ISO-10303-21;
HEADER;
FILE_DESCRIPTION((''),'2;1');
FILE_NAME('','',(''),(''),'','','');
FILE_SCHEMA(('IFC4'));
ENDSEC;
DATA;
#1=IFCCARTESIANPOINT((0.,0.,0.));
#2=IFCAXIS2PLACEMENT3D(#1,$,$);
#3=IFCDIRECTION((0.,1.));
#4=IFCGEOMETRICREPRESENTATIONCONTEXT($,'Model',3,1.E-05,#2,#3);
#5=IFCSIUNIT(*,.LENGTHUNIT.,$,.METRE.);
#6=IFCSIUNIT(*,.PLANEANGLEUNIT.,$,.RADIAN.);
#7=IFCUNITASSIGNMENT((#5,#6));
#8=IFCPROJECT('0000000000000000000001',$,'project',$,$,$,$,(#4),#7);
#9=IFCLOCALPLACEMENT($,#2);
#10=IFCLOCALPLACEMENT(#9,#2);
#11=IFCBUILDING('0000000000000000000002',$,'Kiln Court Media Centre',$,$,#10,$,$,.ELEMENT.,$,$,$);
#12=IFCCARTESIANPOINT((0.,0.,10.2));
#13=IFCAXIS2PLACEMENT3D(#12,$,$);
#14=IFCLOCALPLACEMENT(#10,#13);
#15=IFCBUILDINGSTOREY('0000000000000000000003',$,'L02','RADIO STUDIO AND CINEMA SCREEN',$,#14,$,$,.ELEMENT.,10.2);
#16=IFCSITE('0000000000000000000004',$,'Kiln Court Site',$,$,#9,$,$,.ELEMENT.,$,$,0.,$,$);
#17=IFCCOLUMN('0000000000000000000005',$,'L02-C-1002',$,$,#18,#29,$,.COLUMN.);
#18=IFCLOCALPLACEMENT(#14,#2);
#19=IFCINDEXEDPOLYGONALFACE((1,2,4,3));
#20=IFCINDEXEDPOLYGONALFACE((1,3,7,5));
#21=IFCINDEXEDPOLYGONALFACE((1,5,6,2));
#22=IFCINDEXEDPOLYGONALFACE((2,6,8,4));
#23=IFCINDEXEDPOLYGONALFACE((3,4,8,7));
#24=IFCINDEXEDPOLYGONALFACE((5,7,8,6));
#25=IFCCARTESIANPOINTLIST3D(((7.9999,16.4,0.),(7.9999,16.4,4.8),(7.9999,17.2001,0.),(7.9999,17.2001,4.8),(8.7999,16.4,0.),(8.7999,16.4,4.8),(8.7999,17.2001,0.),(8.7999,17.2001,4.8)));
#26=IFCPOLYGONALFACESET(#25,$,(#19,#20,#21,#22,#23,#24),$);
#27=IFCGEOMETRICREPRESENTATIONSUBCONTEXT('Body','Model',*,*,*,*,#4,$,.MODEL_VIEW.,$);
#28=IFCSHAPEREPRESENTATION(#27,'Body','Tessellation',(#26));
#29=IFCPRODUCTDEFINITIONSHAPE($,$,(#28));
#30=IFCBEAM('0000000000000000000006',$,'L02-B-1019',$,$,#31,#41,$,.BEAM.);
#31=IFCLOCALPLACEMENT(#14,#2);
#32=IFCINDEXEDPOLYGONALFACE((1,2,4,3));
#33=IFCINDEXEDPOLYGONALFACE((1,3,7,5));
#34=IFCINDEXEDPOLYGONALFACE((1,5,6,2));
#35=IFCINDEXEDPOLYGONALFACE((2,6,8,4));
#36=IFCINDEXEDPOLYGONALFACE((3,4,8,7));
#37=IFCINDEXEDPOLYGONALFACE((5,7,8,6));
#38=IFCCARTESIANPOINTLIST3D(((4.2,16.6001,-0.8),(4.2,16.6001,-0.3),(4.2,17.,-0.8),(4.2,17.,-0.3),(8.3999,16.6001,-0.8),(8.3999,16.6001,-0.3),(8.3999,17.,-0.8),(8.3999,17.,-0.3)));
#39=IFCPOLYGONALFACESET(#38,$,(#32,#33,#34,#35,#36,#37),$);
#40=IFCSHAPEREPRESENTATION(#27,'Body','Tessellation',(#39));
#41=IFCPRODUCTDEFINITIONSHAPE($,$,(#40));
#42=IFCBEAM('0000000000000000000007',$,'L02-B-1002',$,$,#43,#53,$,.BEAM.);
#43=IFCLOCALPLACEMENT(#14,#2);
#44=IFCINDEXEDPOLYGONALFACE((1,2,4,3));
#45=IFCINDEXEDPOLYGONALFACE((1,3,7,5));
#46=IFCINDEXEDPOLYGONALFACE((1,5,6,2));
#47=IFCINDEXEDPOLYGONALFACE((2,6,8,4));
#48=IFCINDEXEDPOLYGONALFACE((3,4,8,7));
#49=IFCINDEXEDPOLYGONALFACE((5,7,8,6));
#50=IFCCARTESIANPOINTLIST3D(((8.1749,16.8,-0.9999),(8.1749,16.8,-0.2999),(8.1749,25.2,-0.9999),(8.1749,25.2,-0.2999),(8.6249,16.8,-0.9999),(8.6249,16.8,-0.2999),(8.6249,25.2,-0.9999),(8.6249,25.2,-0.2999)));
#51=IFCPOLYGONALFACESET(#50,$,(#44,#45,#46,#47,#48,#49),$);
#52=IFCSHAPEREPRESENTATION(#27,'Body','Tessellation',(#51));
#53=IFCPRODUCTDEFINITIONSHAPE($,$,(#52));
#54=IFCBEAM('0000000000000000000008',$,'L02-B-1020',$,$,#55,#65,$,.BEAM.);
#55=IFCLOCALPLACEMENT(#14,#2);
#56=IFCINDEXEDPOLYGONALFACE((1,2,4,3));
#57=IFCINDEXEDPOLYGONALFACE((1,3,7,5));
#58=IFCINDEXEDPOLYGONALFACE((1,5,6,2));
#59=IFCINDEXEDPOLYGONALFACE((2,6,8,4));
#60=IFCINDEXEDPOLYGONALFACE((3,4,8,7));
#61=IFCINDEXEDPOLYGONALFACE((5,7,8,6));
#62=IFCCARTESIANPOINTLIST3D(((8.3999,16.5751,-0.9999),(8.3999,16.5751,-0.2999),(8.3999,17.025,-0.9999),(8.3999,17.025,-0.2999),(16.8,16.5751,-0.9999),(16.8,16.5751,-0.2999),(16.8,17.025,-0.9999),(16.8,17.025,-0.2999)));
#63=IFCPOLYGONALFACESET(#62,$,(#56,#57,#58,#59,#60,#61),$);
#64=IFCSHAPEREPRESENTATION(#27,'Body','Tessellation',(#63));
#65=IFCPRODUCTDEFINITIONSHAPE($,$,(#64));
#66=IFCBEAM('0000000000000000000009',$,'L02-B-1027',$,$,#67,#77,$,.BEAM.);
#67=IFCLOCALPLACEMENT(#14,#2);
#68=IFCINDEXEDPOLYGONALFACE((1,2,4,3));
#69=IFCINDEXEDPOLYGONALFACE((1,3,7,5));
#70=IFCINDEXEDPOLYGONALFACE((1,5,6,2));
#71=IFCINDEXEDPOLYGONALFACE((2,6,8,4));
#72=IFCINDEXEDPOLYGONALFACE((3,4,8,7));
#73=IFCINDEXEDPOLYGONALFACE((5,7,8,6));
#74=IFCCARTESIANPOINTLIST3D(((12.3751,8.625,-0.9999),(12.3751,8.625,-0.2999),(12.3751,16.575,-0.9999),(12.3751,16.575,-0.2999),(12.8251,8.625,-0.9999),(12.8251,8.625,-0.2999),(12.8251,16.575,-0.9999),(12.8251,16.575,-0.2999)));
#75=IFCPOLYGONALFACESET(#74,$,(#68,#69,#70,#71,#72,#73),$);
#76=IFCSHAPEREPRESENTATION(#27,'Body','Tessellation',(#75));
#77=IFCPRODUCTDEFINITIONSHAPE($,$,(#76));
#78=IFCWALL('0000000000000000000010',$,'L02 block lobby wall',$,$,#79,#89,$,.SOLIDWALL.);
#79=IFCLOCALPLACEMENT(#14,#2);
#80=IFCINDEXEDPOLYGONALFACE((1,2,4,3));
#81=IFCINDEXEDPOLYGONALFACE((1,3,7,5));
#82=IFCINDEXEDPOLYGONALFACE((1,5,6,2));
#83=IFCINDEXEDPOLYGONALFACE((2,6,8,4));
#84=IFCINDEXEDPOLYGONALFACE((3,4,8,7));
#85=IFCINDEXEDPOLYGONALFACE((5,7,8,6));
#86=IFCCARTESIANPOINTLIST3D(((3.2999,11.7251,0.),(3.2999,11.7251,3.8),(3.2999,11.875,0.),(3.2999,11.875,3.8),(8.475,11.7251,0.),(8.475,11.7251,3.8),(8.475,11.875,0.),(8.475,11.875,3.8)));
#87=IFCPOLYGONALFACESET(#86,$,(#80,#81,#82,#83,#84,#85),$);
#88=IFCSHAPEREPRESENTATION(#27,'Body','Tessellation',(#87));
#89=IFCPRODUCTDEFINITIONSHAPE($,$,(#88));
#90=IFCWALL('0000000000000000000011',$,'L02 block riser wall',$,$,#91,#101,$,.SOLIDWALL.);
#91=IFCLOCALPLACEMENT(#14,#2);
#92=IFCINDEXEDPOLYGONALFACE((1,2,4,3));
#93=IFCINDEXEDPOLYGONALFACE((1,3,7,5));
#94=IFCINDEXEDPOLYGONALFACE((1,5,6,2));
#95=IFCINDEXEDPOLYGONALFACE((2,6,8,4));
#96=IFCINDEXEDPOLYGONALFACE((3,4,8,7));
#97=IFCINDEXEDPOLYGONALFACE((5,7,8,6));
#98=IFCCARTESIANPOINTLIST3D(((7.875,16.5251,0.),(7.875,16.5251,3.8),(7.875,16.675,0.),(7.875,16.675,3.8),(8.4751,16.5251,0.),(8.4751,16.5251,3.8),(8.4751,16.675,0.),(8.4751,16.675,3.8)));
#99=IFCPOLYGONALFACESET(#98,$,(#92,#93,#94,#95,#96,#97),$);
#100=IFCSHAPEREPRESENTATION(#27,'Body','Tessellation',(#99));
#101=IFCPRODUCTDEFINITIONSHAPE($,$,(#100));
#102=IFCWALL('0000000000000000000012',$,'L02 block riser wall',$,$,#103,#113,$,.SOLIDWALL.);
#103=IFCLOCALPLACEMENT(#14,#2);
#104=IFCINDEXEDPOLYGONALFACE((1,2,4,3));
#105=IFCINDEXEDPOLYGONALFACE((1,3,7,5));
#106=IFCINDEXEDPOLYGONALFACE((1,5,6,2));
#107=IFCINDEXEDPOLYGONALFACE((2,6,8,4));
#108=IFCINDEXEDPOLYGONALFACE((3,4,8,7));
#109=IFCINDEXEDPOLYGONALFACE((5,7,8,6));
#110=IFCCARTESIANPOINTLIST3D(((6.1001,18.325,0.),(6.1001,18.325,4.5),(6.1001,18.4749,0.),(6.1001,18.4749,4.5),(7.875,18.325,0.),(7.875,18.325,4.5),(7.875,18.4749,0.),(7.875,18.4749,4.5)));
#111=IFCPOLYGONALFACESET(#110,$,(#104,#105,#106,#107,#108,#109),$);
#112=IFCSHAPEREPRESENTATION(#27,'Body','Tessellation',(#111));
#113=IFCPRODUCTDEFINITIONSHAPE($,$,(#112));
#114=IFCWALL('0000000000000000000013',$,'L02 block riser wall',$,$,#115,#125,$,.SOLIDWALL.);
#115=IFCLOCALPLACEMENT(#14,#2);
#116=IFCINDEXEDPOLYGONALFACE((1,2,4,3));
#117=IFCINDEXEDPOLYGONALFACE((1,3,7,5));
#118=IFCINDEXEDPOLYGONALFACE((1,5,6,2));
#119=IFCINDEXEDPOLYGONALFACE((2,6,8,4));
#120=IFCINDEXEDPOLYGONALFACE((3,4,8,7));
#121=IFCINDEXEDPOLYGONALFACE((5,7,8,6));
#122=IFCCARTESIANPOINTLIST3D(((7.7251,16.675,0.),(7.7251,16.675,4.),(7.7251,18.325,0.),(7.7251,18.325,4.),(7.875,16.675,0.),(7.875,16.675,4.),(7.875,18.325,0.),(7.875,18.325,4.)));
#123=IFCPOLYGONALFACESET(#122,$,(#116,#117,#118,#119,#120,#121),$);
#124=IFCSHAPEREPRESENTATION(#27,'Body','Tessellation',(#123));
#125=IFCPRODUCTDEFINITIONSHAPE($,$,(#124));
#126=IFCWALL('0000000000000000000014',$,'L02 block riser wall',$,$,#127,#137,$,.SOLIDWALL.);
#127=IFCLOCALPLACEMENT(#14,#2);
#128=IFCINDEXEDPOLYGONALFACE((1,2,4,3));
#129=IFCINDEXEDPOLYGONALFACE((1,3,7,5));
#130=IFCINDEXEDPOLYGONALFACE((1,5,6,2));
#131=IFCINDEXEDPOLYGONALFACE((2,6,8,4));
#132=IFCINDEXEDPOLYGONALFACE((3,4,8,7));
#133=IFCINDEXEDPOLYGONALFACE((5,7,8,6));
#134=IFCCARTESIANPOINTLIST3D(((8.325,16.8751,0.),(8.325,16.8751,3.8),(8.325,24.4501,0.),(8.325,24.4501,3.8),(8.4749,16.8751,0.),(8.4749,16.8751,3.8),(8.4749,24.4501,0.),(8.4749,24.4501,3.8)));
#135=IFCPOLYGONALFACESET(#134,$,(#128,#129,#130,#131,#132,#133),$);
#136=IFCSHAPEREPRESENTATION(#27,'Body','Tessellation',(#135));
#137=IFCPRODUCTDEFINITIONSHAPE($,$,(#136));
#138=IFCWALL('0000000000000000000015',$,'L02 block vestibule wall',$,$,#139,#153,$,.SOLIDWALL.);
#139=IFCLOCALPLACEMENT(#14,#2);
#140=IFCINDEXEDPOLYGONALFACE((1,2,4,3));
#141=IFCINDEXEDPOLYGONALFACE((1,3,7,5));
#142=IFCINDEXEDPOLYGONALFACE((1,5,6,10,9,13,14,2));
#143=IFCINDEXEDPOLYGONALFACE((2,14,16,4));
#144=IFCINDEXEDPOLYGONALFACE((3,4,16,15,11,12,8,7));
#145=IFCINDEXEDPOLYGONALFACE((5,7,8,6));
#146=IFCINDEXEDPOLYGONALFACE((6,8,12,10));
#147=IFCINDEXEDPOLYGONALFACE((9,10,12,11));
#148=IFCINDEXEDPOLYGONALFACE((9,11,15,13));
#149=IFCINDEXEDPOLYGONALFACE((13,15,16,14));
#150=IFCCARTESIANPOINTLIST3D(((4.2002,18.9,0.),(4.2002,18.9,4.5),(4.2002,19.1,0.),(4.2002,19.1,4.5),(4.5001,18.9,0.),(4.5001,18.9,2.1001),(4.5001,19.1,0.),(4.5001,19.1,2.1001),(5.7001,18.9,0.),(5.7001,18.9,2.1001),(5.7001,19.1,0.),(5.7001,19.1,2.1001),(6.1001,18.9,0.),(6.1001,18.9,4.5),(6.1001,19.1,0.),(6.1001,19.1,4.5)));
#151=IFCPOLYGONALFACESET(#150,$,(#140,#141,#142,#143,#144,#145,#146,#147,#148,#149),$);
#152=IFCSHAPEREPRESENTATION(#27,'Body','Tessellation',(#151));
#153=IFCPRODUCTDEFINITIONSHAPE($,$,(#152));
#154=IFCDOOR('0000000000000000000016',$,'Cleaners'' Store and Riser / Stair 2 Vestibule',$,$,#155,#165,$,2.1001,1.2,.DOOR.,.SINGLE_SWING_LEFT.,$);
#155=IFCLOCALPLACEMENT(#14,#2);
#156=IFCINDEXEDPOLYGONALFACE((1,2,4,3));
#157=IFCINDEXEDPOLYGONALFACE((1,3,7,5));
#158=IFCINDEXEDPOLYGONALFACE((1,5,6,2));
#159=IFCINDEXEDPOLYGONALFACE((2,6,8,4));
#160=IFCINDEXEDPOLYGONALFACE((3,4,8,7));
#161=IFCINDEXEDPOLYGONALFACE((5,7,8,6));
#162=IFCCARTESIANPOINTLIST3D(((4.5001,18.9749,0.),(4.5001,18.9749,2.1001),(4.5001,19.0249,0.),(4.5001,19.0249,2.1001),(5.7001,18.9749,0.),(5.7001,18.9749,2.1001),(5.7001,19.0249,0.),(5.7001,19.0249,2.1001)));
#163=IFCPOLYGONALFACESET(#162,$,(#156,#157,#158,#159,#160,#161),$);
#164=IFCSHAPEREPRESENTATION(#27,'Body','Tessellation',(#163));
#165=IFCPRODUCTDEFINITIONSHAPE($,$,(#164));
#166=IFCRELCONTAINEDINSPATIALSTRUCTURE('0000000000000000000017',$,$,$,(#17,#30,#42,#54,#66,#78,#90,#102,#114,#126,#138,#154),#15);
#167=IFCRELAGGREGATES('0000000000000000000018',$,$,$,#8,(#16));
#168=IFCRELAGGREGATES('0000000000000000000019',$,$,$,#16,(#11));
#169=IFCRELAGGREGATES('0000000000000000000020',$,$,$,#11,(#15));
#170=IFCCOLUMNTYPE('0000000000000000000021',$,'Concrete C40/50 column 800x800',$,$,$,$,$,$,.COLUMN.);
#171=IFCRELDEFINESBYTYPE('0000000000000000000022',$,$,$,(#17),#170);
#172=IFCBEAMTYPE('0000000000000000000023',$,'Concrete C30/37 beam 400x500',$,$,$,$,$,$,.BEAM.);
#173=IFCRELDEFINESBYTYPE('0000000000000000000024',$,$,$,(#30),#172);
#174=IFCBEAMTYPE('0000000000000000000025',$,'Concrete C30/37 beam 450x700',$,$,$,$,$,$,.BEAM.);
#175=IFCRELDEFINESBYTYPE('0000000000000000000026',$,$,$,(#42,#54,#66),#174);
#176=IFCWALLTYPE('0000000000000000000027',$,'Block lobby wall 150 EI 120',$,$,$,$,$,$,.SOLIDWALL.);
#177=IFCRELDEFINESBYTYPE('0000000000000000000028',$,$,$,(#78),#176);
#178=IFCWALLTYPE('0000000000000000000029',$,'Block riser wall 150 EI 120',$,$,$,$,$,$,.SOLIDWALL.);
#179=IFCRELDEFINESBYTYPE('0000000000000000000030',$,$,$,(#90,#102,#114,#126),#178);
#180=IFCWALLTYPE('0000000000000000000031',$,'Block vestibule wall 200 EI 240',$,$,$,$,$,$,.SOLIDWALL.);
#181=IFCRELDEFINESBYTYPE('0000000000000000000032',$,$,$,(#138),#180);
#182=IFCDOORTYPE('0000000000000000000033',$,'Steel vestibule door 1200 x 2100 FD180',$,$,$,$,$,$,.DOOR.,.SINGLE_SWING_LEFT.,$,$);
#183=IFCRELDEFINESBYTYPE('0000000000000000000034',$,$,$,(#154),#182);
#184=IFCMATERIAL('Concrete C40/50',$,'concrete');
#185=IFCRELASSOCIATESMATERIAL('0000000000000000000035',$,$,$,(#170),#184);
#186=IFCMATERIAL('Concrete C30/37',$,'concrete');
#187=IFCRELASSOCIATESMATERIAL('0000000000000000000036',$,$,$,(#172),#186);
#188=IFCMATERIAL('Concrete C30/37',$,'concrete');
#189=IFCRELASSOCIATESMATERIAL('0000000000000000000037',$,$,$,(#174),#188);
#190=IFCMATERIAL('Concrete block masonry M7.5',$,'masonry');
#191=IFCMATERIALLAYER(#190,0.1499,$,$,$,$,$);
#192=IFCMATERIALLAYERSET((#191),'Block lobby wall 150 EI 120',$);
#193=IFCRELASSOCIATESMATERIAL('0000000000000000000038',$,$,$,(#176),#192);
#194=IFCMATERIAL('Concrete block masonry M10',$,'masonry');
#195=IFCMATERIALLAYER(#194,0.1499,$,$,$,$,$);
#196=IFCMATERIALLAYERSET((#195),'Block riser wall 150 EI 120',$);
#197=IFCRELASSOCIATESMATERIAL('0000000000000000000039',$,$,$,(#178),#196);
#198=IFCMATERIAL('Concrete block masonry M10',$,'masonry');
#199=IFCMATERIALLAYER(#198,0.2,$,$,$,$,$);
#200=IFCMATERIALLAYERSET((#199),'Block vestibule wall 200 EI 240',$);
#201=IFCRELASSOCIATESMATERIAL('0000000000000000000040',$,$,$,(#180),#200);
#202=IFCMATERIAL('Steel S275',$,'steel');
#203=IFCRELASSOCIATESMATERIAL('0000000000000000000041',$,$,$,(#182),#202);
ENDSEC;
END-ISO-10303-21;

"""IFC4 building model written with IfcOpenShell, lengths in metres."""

from ifc_helpers import new_model, si_unit, direction, frame, frame_2d, origin, origin_2d, place, context, subcontext, project, spatial, rectangle, extrude, material, layer, layer_set, material_profile, profile_set, type_object, element, fill, save


model = new_model("IFC4")

# Units and contexts
model_context = context("Model", 3, precision=1e-05, world=origin(), true_north=direction((0.0, 1.0)))
body_context = subcontext(model_context, "Body", "Model", "MODEL_VIEW")
ifc_project = project(units=[si_unit("LENGTHUNIT", "METRE"), si_unit("PLANEANGLEUNIT", "RADIAN")], contexts=[model_context])

# Site, building, storey
site_placement = place(None, origin())
site = spatial("IfcSite", under=ifc_project, at=site_placement, Name="Kiln Court Site", CompositionType="ELEMENT", RefElevation=0.0)
building_placement = place(site_placement, origin())
building = spatial("IfcBuilding", under=site, at=building_placement, Name="Kiln Court Media Centre", CompositionType="ELEMENT")
storey_placement = place(building_placement, frame((0.0, 0.0, 10.2)))
storey = spatial("IfcBuildingStorey", under=building, at=storey_placement, Name="L02", Description="RADIO STUDIO AND CINEMA SCREEN", CompositionType="ELEMENT", Elevation=10.2)

# Column
ifc_material_1 = material(Name="Concrete C40/50", Category="concrete")
ifc_material_profile_1 = material_profile(ifc_material_1, rectangle(XDim=0.8, YDim=0.8, at=origin_2d()), Name="RC 800x800")
ifc_profile_set_1 = profile_set([ifc_material_profile_1], Name="Concrete C40/50")
column_type = type_object("IfcColumnType", Name="Concrete C40/50 column 800x800", PredefinedType="COLUMN", material=ifc_profile_set_1)
column_placement = place(storey_placement, frame((8.3999, 16.8, 0.0), z_axis=(0.0, 0.0, 1.0), x_axis=(1.0, 0.0, 0.0)))
element("IfcColumn", 1, at=column_placement, inside=storey, type_object=column_type, Name="L02-C-1002", PredefinedType="COLUMN", context=body_context, shape_type="SweptSolid", body=[
    extrude(rectangle(XDim=0.8, YDim=0.8, at=origin_2d()), origin(), (0.0, 0.0, 1.0), 4.8),
])

# Beams
ifc_material_2 = material(Name="Concrete C30/37", Category="concrete")
ifc_material_profile_2 = material_profile(ifc_material_2, rectangle(XDim=0.3999, YDim=0.5, at=origin_2d()), Name="RC 400x500")
ifc_profile_set_2 = profile_set([ifc_material_profile_2], Name="Concrete C30/37")
beam_type_1 = type_object("IfcBeamType", Name="Concrete C30/37 beam 400x500", PredefinedType="BEAM", material=ifc_profile_set_2)
beam_1_placement = place(storey_placement, frame((4.2, 16.8, -0.55), z_axis=(1.0, 0.0, 0.0), x_axis=(0.0, 1.0, 0.0)))
element("IfcBeam", 2, at=beam_1_placement, inside=storey, type_object=beam_type_1, Name="L02-B-1019", PredefinedType="BEAM", context=body_context, shape_type="SweptSolid", body=[
    extrude(rectangle(XDim=0.3999, YDim=0.5, at=origin_2d()), origin(), (0.0, 0.0, 1.0), 4.2),
])
ifc_material_3 = material(Name="Concrete C30/37", Category="concrete")
ifc_material_profile_3 = material_profile(ifc_material_3, rectangle(XDim=0.45, YDim=0.7, at=origin_2d()), Name="RC 450x700")
ifc_profile_set_3 = profile_set([ifc_material_profile_3], Name="Concrete C30/37")
beam_type_2 = type_object("IfcBeamType", Name="Concrete C30/37 beam 450x700", PredefinedType="BEAM", material=ifc_profile_set_3)
beam_2_placement = place(storey_placement, frame((8.3999, 16.8, -0.6499), z_axis=(0.0, 1.0, 0.0), x_axis=(-1.0, 0.0, 0.0)))
element("IfcBeam", 3, at=beam_2_placement, inside=storey, type_object=beam_type_2, Name="L02-B-1002", PredefinedType="BEAM", context=body_context, shape_type="SweptSolid", body=[
    extrude(rectangle(XDim=0.45, YDim=0.7, at=origin_2d()), origin(), (0.0, 0.0, 1.0), 8.3999),
])
beam_3_placement = place(storey_placement, frame((8.3999, 16.8, -0.6499), z_axis=(1.0, 0.0, 0.0), x_axis=(0.0, 1.0, 0.0)))
element("IfcBeam", 4, at=beam_3_placement, inside=storey, type_object=beam_type_2, Name="L02-B-1020", PredefinedType="BEAM", context=body_context, shape_type="SweptSolid", body=[
    extrude(rectangle(XDim=0.45, YDim=0.7, at=origin_2d()), origin(), (0.0, 0.0, 1.0), 8.4001),
])
beam_4_placement = place(storey_placement, frame((12.6001, 16.575, -0.6499), z_axis=(0.0, -1.0, 0.0), x_axis=(1.0, 0.0, 0.0)))
element("IfcBeam", 5, at=beam_4_placement, inside=storey, type_object=beam_type_2, Name="L02-B-1027", PredefinedType="BEAM", context=body_context, shape_type="SweptSolid", body=[
    extrude(rectangle(XDim=0.45, YDim=0.7, at=origin_2d()), origin(), (0.0, 0.0, 1.0), 7.95),
])

# Walls
ifc_material_4 = material(Name="Concrete block masonry M7.5", Category="masonry")
ifc_layer_1 = layer(ifc_material_4, 0.1499)
ifc_layer_set_1 = layer_set([ifc_layer_1], Name="Block lobby wall 150 EI 120")
wall_type_1 = type_object("IfcWallType", Name="Block lobby wall 150 EI 120", PredefinedType="SOLIDWALL", material=ifc_layer_set_1)
wall_1_placement = place(storey_placement, frame((3.3, 11.8, 0.0), z_axis=(0.0, 0.0, 1.0), x_axis=(1.0, 0.0, 0.0)))
element("IfcWall", 6, at=wall_1_placement, inside=storey, type_object=wall_type_1, Name="L02 block lobby wall", PredefinedType="SOLIDWALL", context=body_context, shape_type="SweptSolid", body=[
    extrude(rectangle(XDim=5.175, YDim=0.1499, at=frame_2d((2.5874, 0.0))), origin(), (0.0, 0.0, 1.0), 3.8),
])
ifc_material_5 = material(Name="Concrete block masonry M10", Category="masonry")
ifc_layer_2 = layer(ifc_material_5, 0.1499)
ifc_layer_set_2 = layer_set([ifc_layer_2], Name="Block riser wall 150 EI 120")
wall_type_2 = type_object("IfcWallType", Name="Block riser wall 150 EI 120", PredefinedType="SOLIDWALL", material=ifc_layer_set_2)
wall_2_placement = place(storey_placement, frame((7.875, 16.6001, 0.0), z_axis=(0.0, 0.0, 1.0), x_axis=(1.0, 0.0, 0.0)))
element("IfcWall", 7, at=wall_2_placement, inside=storey, type_object=wall_type_2, Name="L02 block riser wall", PredefinedType="SOLIDWALL", context=body_context, shape_type="SweptSolid", body=[
    extrude(rectangle(XDim=0.6001, YDim=0.1499, at=frame_2d((0.3, 0.0))), origin(), (0.0, 0.0, 1.0), 3.8),
])
wall_3_placement = place(storey_placement, frame((6.1001, 18.3999, 0.0), z_axis=(0.0, 0.0, 1.0), x_axis=(1.0, 0.0, 0.0)))
element("IfcWall", 8, at=wall_3_placement, inside=storey, type_object=wall_type_2, Name="L02 block riser wall", PredefinedType="SOLIDWALL", context=body_context, shape_type="SweptSolid", body=[
    extrude(rectangle(XDim=1.7749, YDim=0.1499, at=frame_2d((0.8875, 0.0))), origin(), (0.0, 0.0, 1.0), 4.5),
])
wall_4_placement = place(storey_placement, frame((7.8, 16.675, 0.0), z_axis=(0.0, 0.0, 1.0), x_axis=(0.0, 1.0, 0.0)))
element("IfcWall", 9, at=wall_4_placement, inside=storey, type_object=wall_type_2, Name="L02 block riser wall", PredefinedType="SOLIDWALL", context=body_context, shape_type="SweptSolid", body=[
    extrude(rectangle(XDim=1.6499, YDim=0.1499, at=frame_2d((0.825, 0.0))), origin(), (0.0, 0.0, 1.0), 4.0),
])
wall_5_placement = place(storey_placement, frame((8.3999, 16.875, 0.0), z_axis=(0.0, 0.0, 1.0), x_axis=(0.0, 1.0, 0.0)))
element("IfcWall", 10, at=wall_5_placement, inside=storey, type_object=wall_type_2, Name="L02 block riser wall", PredefinedType="SOLIDWALL", context=body_context, shape_type="SweptSolid", body=[
    extrude(rectangle(XDim=7.575, YDim=0.1499, at=frame_2d((3.7876, 0.0))), origin(), (0.0, 0.0, 1.0), 3.8),
])

# Wall, opening, door
ifc_material_6 = material(Name="Concrete block masonry M10", Category="masonry")
ifc_layer_3 = layer(ifc_material_6, 0.2)
ifc_layer_set_3 = layer_set([ifc_layer_3], Name="Block vestibule wall 200 EI 240")
wall_type_3 = type_object("IfcWallType", Name="Block vestibule wall 200 EI 240", PredefinedType="SOLIDWALL", material=ifc_layer_set_3)
wall_6_placement = place(storey_placement, frame((4.2002, 19.0, 0.0), z_axis=(0.0, 0.0, 1.0), x_axis=(1.0, 0.0, 0.0)))
wall_6 = element("IfcWall", 11, at=wall_6_placement, inside=storey, type_object=wall_type_3, Name="L02 block vestibule wall", PredefinedType="SOLIDWALL", context=body_context, shape_type="SweptSolid", body=[
    extrude(rectangle(XDim=1.8999, YDim=0.2, at=frame_2d((0.95, 0.0))), origin(), (0.0, 0.0, 1.0), 4.5),
])
opening_1_placement = place(wall_6_placement, frame((0.2998, 0.0, 0.0)))
opening_1 = element("IfcOpeningElement", 12, at=opening_1_placement, cuts=wall_6, PredefinedType="OPENING", context=body_context, shape_type="SweptSolid", body=[
    extrude(rectangle(XDim=1.2, YDim=2.1001, at=frame_2d((0.6001, 1.05))), frame((0.0, 0.1099, 0.0), z_axis=(0.0, -1.0, 0.0), x_axis=(1.0, 0.0, 0.0)), (0.0, 0.0, 1.0), 0.22),
])
ifc_material_7 = material(Name="Steel S275", Category="steel")
door_type_1 = type_object("IfcDoorType", Name="Steel vestibule door 1200 x 2100 FD180", OperationType="SINGLE_SWING_LEFT", PredefinedType="DOOR", material=ifc_material_7)
door_1_placement = place(opening_1_placement, origin())
door_1 = element("IfcDoor", 13, at=door_1_placement, inside=storey, type_object=door_type_1, Name="Cleaners' Store and Riser / Stair 2 Vestibule", OperationType="SINGLE_SWING_LEFT", OverallHeight=2.1001, OverallWidth=1.2, PredefinedType="DOOR", context=body_context, shape_type="SweptSolid", body=[
    extrude(rectangle(XDim=1.2, YDim=2.1001, at=frame_2d((0.6001, 1.05))), frame((0.0, 0.0249, 0.0), z_axis=(0.0, -1.0, 0.0), x_axis=(1.0, 0.0, 0.0)), (0.0, 0.0, 1.0), 0.05),
])
fill(opening_1, door_1)

save(model, "model.ifc")
